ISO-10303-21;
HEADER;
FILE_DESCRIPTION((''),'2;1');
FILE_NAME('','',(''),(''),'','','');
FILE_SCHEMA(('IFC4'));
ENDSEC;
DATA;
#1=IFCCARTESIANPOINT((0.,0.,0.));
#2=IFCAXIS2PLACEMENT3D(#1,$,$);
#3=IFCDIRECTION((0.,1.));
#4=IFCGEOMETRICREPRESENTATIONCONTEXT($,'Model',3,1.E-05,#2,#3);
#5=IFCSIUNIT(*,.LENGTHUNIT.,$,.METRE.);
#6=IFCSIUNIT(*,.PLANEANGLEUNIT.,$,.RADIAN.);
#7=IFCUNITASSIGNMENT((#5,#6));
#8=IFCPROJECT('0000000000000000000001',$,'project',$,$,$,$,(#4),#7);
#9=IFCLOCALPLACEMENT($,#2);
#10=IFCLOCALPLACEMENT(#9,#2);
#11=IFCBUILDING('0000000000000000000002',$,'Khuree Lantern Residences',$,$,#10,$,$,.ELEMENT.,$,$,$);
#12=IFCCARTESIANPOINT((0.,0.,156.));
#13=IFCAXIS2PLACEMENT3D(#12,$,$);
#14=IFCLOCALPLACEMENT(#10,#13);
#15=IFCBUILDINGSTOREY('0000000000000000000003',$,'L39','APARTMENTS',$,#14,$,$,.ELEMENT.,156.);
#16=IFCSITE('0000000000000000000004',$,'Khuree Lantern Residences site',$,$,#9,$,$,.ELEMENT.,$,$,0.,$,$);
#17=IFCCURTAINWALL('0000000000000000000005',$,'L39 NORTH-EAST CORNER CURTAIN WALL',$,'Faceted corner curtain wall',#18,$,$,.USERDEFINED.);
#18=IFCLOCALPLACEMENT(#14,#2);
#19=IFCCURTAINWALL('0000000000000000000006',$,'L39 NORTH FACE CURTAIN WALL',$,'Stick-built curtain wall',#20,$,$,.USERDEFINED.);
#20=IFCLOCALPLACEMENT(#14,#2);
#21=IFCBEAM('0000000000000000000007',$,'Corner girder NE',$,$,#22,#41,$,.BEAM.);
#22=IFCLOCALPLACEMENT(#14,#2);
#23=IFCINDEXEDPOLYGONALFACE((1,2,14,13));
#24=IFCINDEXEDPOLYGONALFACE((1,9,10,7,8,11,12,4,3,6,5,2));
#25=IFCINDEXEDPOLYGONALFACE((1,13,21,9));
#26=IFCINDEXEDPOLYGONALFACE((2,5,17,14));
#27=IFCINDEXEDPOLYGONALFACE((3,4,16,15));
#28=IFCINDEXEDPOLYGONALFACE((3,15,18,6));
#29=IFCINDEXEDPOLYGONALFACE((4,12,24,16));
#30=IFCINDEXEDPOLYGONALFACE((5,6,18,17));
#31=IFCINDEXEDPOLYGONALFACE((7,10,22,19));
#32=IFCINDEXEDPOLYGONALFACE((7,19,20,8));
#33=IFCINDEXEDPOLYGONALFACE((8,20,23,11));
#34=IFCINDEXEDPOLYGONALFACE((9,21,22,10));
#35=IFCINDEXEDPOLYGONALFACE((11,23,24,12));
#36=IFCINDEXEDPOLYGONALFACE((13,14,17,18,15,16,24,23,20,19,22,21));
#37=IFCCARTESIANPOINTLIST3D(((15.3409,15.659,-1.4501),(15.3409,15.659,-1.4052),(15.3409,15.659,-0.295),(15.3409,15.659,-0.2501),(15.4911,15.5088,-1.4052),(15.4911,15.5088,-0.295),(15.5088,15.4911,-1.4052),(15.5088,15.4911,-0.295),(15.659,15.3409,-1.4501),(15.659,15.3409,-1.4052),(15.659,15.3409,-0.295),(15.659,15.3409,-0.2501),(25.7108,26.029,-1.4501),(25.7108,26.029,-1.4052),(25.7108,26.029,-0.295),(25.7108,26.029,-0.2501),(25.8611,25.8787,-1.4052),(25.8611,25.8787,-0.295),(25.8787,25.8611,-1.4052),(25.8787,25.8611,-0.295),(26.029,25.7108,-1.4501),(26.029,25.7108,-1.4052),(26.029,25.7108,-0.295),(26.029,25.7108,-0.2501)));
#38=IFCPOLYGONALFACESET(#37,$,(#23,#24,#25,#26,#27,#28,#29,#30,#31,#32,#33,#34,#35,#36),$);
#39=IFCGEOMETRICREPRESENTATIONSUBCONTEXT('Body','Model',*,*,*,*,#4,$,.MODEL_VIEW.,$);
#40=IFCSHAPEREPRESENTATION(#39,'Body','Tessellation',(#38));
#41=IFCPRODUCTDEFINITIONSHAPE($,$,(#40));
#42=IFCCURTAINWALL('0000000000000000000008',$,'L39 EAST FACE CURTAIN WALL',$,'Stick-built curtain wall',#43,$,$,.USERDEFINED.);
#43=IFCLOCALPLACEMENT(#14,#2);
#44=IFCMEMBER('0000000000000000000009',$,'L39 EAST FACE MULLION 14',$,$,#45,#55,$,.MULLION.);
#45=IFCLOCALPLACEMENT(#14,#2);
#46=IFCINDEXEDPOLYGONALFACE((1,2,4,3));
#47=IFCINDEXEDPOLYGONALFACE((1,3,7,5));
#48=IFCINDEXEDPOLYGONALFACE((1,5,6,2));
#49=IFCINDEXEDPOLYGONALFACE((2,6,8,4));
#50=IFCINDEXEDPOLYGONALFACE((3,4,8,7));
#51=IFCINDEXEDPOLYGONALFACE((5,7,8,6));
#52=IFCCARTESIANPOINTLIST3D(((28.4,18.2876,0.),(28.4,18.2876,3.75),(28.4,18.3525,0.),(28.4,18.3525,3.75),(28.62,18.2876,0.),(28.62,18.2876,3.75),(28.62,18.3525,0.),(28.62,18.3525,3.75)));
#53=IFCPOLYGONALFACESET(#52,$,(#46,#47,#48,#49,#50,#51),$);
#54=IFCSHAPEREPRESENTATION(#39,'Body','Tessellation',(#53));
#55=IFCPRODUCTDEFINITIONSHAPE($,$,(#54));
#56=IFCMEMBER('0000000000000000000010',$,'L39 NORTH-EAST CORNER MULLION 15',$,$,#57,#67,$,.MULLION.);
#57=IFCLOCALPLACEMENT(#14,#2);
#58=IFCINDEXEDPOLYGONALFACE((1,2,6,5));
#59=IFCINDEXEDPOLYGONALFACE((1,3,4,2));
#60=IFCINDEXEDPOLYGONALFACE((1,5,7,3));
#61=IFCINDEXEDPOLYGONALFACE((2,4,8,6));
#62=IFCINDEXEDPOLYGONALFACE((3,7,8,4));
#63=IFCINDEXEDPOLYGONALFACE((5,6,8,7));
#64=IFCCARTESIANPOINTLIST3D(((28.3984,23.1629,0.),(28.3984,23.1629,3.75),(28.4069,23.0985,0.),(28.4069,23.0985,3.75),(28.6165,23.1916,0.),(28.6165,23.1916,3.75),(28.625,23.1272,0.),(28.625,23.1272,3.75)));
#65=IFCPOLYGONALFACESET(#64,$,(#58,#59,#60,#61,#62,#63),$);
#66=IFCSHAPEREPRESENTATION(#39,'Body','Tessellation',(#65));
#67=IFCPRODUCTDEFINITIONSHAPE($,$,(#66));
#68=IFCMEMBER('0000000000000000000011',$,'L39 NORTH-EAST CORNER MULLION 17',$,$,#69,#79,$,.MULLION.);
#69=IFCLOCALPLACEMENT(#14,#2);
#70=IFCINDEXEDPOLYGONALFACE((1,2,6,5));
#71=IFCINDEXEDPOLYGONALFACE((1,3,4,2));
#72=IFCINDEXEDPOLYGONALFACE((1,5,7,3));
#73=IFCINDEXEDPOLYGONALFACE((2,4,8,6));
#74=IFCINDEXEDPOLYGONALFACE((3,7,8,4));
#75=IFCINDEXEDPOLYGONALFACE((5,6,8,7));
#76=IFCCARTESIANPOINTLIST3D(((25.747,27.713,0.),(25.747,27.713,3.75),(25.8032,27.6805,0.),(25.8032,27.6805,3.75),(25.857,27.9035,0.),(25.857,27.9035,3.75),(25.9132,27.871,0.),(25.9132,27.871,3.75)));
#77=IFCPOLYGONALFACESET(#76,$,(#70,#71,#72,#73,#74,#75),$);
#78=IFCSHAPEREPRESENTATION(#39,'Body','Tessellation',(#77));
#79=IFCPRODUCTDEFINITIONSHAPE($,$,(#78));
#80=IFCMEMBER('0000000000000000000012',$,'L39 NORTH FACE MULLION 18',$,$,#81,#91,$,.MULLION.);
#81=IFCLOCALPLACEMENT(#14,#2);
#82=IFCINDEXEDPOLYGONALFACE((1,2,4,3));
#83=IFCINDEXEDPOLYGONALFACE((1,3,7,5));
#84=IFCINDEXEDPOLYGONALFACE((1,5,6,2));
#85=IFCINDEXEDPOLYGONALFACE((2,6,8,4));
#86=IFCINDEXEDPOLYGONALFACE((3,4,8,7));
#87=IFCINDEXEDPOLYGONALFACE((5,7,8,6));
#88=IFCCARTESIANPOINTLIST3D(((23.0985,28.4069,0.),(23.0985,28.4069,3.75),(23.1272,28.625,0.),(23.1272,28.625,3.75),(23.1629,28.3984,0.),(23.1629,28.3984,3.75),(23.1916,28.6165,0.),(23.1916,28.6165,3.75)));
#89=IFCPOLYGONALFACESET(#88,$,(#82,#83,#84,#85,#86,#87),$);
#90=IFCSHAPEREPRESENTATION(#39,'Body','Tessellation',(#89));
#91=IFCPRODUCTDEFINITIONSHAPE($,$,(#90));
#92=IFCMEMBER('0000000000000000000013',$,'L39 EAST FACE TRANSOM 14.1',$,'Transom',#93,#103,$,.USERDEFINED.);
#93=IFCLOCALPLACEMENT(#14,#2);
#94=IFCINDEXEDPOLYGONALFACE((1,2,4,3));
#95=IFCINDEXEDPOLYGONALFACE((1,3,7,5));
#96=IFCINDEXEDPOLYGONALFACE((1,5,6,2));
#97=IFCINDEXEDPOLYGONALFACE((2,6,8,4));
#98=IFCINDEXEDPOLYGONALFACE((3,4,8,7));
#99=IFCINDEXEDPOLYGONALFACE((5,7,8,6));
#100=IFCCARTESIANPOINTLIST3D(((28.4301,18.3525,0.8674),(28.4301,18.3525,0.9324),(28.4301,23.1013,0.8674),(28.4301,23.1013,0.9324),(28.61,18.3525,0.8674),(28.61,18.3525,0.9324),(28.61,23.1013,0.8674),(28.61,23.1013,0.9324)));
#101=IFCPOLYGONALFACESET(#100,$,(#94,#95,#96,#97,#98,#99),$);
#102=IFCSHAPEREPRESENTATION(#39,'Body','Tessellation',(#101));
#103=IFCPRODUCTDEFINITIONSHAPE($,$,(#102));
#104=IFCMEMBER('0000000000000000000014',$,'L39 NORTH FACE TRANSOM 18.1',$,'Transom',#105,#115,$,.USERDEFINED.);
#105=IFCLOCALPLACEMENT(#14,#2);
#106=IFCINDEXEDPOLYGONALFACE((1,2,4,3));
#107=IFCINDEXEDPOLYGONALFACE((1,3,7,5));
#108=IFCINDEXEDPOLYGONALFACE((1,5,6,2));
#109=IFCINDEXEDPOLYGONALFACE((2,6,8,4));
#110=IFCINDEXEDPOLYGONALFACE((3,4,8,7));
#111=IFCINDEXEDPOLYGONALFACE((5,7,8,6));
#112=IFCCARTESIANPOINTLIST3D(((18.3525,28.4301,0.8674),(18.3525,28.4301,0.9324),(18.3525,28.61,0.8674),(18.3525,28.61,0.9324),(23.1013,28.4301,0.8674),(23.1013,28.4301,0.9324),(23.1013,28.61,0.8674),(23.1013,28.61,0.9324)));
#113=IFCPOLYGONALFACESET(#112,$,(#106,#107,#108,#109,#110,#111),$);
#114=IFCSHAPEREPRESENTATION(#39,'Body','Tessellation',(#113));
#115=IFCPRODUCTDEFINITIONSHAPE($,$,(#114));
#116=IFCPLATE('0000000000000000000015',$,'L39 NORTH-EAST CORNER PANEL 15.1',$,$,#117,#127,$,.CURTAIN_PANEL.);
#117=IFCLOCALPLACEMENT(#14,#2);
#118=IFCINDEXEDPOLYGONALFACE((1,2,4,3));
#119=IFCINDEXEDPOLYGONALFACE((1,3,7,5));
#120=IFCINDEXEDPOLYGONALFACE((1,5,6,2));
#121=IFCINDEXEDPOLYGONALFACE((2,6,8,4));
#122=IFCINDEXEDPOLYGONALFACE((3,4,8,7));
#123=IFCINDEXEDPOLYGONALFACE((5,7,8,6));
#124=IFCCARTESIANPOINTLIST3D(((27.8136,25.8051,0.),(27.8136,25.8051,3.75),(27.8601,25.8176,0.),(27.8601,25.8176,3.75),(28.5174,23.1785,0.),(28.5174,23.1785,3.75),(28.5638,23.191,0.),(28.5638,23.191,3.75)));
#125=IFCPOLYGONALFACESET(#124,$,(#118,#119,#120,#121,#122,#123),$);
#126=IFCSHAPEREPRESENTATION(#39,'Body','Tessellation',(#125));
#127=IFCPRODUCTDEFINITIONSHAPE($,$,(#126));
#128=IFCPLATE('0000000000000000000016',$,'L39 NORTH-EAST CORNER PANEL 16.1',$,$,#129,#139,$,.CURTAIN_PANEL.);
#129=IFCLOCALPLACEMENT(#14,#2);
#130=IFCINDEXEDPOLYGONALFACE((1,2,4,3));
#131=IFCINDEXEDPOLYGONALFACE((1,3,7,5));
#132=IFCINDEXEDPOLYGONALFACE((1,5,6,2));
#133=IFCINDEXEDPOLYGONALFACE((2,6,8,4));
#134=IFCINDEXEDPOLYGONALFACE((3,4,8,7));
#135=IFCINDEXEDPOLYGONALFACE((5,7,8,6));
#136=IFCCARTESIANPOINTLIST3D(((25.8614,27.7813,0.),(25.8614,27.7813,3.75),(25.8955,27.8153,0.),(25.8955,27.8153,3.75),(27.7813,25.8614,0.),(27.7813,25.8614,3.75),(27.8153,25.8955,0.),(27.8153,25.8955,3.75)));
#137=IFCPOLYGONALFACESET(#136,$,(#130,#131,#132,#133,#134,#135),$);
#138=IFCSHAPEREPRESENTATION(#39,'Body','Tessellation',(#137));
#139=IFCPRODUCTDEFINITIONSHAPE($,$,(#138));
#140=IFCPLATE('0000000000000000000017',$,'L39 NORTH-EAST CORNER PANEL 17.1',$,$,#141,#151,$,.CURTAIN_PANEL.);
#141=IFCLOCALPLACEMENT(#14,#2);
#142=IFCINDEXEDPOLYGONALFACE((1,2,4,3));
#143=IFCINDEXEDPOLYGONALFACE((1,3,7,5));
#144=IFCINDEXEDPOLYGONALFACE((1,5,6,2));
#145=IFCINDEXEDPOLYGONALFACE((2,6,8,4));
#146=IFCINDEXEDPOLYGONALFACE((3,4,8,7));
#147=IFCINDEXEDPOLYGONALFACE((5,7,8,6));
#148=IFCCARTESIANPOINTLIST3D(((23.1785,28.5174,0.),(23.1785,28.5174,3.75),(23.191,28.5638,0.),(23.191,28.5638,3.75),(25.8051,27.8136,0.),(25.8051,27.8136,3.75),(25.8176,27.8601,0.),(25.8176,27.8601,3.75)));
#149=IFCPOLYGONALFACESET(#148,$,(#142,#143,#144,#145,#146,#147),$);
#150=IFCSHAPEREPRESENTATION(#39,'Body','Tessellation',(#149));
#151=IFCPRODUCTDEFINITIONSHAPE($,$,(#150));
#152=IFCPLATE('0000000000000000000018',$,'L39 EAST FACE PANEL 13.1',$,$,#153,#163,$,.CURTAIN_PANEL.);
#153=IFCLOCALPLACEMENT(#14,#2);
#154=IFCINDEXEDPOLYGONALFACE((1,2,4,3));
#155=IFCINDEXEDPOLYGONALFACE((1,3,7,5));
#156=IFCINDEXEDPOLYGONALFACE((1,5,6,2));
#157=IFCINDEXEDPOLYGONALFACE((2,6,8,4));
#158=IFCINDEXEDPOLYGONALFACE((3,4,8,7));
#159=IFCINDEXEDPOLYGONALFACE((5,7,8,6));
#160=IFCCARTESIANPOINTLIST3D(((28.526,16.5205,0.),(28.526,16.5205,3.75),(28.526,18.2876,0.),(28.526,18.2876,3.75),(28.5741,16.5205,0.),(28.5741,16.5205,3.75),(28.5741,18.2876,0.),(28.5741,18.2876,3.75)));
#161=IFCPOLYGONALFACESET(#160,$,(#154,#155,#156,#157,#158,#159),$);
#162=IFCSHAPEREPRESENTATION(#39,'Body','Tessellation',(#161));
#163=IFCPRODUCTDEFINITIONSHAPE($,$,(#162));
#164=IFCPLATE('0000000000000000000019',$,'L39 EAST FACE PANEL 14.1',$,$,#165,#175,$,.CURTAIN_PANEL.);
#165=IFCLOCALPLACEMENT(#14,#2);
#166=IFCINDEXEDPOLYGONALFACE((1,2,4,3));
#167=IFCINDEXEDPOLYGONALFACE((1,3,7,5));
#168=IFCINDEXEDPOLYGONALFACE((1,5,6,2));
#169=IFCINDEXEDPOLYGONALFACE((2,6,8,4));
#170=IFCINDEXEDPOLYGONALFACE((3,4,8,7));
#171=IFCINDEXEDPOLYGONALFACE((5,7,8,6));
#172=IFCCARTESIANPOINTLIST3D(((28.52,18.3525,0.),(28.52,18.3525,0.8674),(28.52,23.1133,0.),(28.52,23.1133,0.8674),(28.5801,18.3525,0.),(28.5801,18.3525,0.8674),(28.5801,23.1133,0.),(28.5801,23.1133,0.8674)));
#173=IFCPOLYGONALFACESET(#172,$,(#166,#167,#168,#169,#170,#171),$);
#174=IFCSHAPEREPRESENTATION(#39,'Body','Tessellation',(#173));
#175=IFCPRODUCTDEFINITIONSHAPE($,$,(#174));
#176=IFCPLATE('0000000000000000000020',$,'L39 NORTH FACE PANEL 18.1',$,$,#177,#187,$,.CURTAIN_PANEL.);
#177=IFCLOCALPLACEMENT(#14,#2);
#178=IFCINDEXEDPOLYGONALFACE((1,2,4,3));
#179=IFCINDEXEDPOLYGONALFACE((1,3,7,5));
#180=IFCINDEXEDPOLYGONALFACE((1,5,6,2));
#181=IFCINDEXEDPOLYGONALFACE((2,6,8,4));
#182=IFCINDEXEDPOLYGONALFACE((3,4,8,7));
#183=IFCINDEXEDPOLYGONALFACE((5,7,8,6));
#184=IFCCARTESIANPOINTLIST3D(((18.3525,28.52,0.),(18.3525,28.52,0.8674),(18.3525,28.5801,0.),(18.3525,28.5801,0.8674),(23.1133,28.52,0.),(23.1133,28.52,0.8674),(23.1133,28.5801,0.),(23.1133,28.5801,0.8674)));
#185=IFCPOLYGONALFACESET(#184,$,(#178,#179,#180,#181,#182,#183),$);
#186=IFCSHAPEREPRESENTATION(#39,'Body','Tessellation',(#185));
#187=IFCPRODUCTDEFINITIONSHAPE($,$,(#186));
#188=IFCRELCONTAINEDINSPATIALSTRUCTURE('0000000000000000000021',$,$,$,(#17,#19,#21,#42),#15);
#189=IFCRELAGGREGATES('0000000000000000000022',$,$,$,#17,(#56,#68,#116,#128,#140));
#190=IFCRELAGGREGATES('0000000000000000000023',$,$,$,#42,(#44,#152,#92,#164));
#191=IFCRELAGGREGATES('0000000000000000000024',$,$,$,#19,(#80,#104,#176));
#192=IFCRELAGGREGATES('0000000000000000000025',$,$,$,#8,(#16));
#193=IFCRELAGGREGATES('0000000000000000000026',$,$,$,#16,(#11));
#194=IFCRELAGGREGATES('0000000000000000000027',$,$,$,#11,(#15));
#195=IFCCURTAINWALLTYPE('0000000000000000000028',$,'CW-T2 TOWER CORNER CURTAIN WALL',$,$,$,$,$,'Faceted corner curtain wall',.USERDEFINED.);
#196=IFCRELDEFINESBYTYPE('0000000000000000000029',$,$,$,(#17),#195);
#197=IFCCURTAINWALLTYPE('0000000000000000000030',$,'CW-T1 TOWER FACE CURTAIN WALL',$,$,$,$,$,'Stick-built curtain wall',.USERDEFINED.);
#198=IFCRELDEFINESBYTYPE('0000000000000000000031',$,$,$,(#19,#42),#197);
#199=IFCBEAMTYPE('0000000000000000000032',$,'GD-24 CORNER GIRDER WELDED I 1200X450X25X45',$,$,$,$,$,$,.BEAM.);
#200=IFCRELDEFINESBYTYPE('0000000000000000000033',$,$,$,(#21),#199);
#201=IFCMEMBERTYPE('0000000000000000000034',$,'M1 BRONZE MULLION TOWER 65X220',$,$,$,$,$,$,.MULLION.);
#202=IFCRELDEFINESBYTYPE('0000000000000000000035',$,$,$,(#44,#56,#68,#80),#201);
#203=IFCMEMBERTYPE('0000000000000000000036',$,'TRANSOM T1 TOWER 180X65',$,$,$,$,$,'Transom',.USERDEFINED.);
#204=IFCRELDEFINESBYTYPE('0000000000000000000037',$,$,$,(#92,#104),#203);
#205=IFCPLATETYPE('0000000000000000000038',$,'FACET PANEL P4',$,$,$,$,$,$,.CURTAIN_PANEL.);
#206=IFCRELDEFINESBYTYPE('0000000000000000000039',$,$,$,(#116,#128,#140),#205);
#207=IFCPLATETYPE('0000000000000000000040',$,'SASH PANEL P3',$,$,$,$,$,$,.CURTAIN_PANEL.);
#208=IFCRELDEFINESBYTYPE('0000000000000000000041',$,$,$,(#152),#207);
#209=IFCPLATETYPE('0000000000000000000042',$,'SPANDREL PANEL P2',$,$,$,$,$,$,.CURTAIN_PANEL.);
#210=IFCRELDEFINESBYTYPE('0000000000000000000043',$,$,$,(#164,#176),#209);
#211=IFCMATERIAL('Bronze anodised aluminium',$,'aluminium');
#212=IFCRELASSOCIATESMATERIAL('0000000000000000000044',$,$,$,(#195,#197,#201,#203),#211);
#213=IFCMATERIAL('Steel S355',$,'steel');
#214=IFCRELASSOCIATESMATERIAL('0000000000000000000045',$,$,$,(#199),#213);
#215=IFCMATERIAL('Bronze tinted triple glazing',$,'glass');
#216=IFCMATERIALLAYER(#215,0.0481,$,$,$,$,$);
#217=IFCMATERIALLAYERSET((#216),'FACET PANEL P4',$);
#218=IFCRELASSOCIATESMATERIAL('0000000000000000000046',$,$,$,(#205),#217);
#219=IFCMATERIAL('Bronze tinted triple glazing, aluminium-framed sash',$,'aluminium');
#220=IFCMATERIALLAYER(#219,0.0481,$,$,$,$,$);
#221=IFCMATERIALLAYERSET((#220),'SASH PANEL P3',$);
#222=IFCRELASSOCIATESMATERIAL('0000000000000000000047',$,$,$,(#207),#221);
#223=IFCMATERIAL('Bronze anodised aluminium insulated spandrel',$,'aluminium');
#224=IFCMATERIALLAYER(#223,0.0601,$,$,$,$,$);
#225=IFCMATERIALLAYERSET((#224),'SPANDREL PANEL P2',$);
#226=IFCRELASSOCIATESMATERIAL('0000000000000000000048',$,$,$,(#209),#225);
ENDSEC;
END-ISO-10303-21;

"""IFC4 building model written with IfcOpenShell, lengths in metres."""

from ifc_helpers import new_model, si_unit, direction, frame, origin, origin_2d, place, context, subcontext, project, spatial, rectangle, i_section, extrude, material, layer, layer_set, material_profile, profile_set, type_object, element, aggregate, save


model = new_model("IFC4")

# Units and contexts
model_context = context("Model", 3, precision=1e-05, world=origin(), true_north=direction((0.0, 1.0)))
body_context = subcontext(model_context, "Body", "Model", "MODEL_VIEW")
ifc_project = project(units=[si_unit("LENGTHUNIT", "METRE"), si_unit("PLANEANGLEUNIT", "RADIAN")], contexts=[model_context])

# Site, building, storey
site_placement = place(None, origin())
site = spatial("IfcSite", under=ifc_project, at=site_placement, Name="Khuree Lantern Residences site", CompositionType="ELEMENT", RefElevation=0.0)
building_placement = place(site_placement, origin())
building = spatial("IfcBuilding", under=site, at=building_placement, Name="Khuree Lantern Residences", CompositionType="ELEMENT")
storey_placement = place(building_placement, frame((0.0, 0.0, 156.0)))
storey = spatial("IfcBuildingStorey", under=building, at=storey_placement, Name="L39", Description="APARTMENTS", CompositionType="ELEMENT", Elevation=156.0)

# Shared definitions
ifc_material_1 = material(Name="Steel S355", Category="steel")

# Curtain walls
ifc_material_2 = material(Name="Bronze anodised aluminium", Category="aluminium")
curtain_wall_type_1 = type_object("IfcCurtainWallType", Name="CW-T2 TOWER CORNER CURTAIN WALL", ElementType="Faceted corner curtain wall", PredefinedType="USERDEFINED", material=ifc_material_2)
curtain_wall_1_placement = place(storey_placement, origin())
curtain_wall_1 = element("IfcCurtainWall", 1, at=curtain_wall_1_placement, inside=storey, type_object=curtain_wall_type_1, Name="L39 NORTH-EAST CORNER CURTAIN WALL", ObjectType="Faceted corner curtain wall", PredefinedType="USERDEFINED")
curtain_wall_type_2 = type_object("IfcCurtainWallType", Name="CW-T1 TOWER FACE CURTAIN WALL", ElementType="Stick-built curtain wall", PredefinedType="USERDEFINED", material=ifc_material_2)
curtain_wall_2_placement = place(storey_placement, origin())
curtain_wall_2 = element("IfcCurtainWall", 2, at=curtain_wall_2_placement, inside=storey, type_object=curtain_wall_type_2, Name="L39 NORTH FACE CURTAIN WALL", ObjectType="Stick-built curtain wall", PredefinedType="USERDEFINED")

# Beam
ifc_material_profile_1 = material_profile(ifc_material_1, i_section(OverallWidth=0.45, OverallDepth=1.2, WebThickness=0.0249, FlangeThickness=0.0449, at=origin_2d()), Name="WELDED I 1200X450X25X45")
ifc_profile_set_1 = profile_set([ifc_material_profile_1], Name="Steel S355")
beam_type_1 = type_object("IfcBeamType", Name="GD-24 CORNER GIRDER WELDED I 1200X450X25X45", PredefinedType="BEAM", material=ifc_profile_set_1)
beam_1_placement = place(storey_placement, frame((25.8699, 25.8699, -0.8501), z_axis=(-0.707107, -0.707107, 0.0), x_axis=(0.707107, -0.707107, 0.0)))
element("IfcBeam", 3, at=beam_1_placement, inside=storey, type_object=beam_type_1, Name="Corner girder NE", PredefinedType="BEAM", context=body_context, shape_type="SweptSolid", body=[
    extrude(i_section(OverallWidth=0.45, OverallDepth=1.2, WebThickness=0.0249, FlangeThickness=0.0449, at=origin_2d()), origin(), (0.0, 0.0, 1.0), 14.6653),
])

# Curtain wall, member
curtain_wall_3_placement = place(storey_placement, origin())
curtain_wall_3 = element("IfcCurtainWall", 4, at=curtain_wall_3_placement, inside=storey, type_object=curtain_wall_type_2, Name="L39 EAST FACE CURTAIN WALL", ObjectType="Stick-built curtain wall", PredefinedType="USERDEFINED")
ifc_material_profile_2 = material_profile(ifc_material_2, rectangle(XDim=0.0649, YDim=0.22, at=origin_2d()), Name="M1 65X220")
ifc_profile_set_2 = profile_set([ifc_material_profile_2], Name="Bronze anodised aluminium")
member_type_1 = type_object("IfcMemberType", Name="M1 BRONZE MULLION TOWER 65X220", PredefinedType="MULLION", material=ifc_profile_set_2)
member_1_placement = place(storey_placement, frame((28.51, 18.3201, 0.0), z_axis=(0.0, 0.0, 1.0), x_axis=(0.0, 1.0, 0.0)))
member_1 = element("IfcMember", 5, at=member_1_placement, type_object=member_type_1, Name="L39 EAST FACE MULLION 14", PredefinedType="MULLION", context=body_context, shape_type="SweptSolid", body=[
    extrude(rectangle(XDim=0.0649, YDim=0.22, at=origin_2d()), origin(), (0.0, 0.0, 1.0), 3.75),
])

# Members
member_2_placement = place(storey_placement, frame((28.5117, 23.145, 0.0), z_axis=(0.0, 0.0, 1.0), x_axis=(-0.130526, 0.991445, 0.0)))
member_2 = element("IfcMember", 6, at=member_2_placement, type_object=member_type_1, Name="L39 NORTH-EAST CORNER MULLION 15", PredefinedType="MULLION", context=body_context, shape_type="SweptSolid", body=[
    extrude(rectangle(XDim=0.0649, YDim=0.22, at=origin_2d()), origin(), (0.0, 0.0, 1.0), 3.75),
])
member_3_placement = place(storey_placement, frame((25.8301, 27.792, 0.0), z_axis=(0.0, 0.0, 1.0), x_axis=(-0.866025, 0.5, 0.0)))
member_3 = element("IfcMember", 7, at=member_3_placement, type_object=member_type_1, Name="L39 NORTH-EAST CORNER MULLION 17", PredefinedType="MULLION", context=body_context, shape_type="SweptSolid", body=[
    extrude(rectangle(XDim=0.0649, YDim=0.22, at=origin_2d()), origin(), (0.0, 0.0, 1.0), 3.75),
])
member_4_placement = place(storey_placement, frame((23.145, 28.5117, 0.0), z_axis=(0.0, 0.0, 1.0), x_axis=(-0.991445, 0.130526, 0.0)))
member_4 = element("IfcMember", 8, at=member_4_placement, type_object=member_type_1, Name="L39 NORTH FACE MULLION 18", PredefinedType="MULLION", context=body_context, shape_type="SweptSolid", body=[
    extrude(rectangle(XDim=0.0649, YDim=0.22, at=origin_2d()), origin(), (0.0, 0.0, 1.0), 3.75),
])
ifc_material_profile_3 = material_profile(ifc_material_2, rectangle(XDim=0.1799, YDim=0.0649, at=origin_2d()), Name="T1 180X65")
ifc_profile_set_3 = profile_set([ifc_material_profile_3], Name="Bronze anodised aluminium")
member_type_2 = type_object("IfcMemberType", Name="TRANSOM T1 TOWER 180X65", ElementType="Transom", PredefinedType="USERDEFINED", material=ifc_profile_set_3)
member_5_placement = place(storey_placement, frame((28.52, 18.3525, 0.8999), z_axis=(0.0, 1.0, 0.0), x_axis=(-1.0, 0.0, 0.0)))
member_5 = element("IfcMember", 9, at=member_5_placement, type_object=member_type_2, Name="L39 EAST FACE TRANSOM 14.1", ObjectType="Transom", PredefinedType="USERDEFINED", context=body_context, shape_type="SweptSolid", body=[
    extrude(rectangle(XDim=0.1799, YDim=0.0649, at=origin_2d()), origin(), (0.0, 0.0, 1.0), 4.7488),
])
member_6_placement = place(storey_placement, frame((23.1013, 28.52, 0.8999), z_axis=(-1.0, 0.0, 0.0), x_axis=(0.0, -1.0, 0.0)))
member_6 = element("IfcMember", 10, at=member_6_placement, type_object=member_type_2, Name="L39 NORTH FACE TRANSOM 18.1", ObjectType="Transom", PredefinedType="USERDEFINED", context=body_context, shape_type="SweptSolid", body=[
    extrude(rectangle(XDim=0.1799, YDim=0.0649, at=origin_2d()), origin(), (0.0, 0.0, 1.0), 4.7488),
])

# Plates
ifc_material_3 = material(Name="Bronze tinted triple glazing", Category="glass")
ifc_layer_1 = layer(ifc_material_3, 0.0481)
ifc_layer_set_1 = layer_set([ifc_layer_1], Name="FACET PANEL P4")
plate_type_1 = type_object("IfcPlateType", Name="FACET PANEL P4", PredefinedType="CURTAIN_PANEL", material=ifc_layer_set_1)
plate_1_placement = place(storey_placement, frame((28.1887, 24.498, 0.0), z_axis=(0.0, 0.0, 1.0), x_axis=(-0.258819, 0.965926, 0.0)))
plate_1 = element("IfcPlate", 11, at=plate_1_placement, type_object=plate_type_1, Name="L39 NORTH-EAST CORNER PANEL 15.1", PredefinedType="CURTAIN_PANEL", context=body_context, shape_type="SweptSolid", body=[
    extrude(rectangle(XDim=2.7192, YDim=0.0481, at=origin_2d()), origin(), (0.0, 0.0, 1.0), 3.75),
])
plate_2_placement = place(storey_placement, frame((26.8384, 26.8384, 0.0), z_axis=(0.0, 0.0, 1.0), x_axis=(-0.707107, 0.707107, 0.0)))
plate_2 = element("IfcPlate", 12, at=plate_2_placement, type_object=plate_type_1, Name="L39 NORTH-EAST CORNER PANEL 16.1", PredefinedType="CURTAIN_PANEL", context=body_context, shape_type="SweptSolid", body=[
    extrude(rectangle(XDim=2.7151, YDim=0.0481, at=origin_2d()), origin(), (0.0, 0.0, 1.0), 3.75),
])
plate_3_placement = place(storey_placement, frame((24.498, 28.1887, 0.0), z_axis=(0.0, 0.0, 1.0), x_axis=(-0.965926, 0.258819, 0.0)))
plate_3 = element("IfcPlate", 13, at=plate_3_placement, type_object=plate_type_1, Name="L39 NORTH-EAST CORNER PANEL 17.1", PredefinedType="CURTAIN_PANEL", context=body_context, shape_type="SweptSolid", body=[
    extrude(rectangle(XDim=2.7192, YDim=0.0481, at=origin_2d()), origin(), (0.0, 0.0, 1.0), 3.75),
])
aggregate(curtain_wall_1, [member_2, member_3, plate_1, plate_2, plate_3])
ifc_material_4 = material(Name="Bronze tinted triple glazing, aluminium-framed sash", Category="aluminium")
ifc_layer_2 = layer(ifc_material_4, 0.0481)
ifc_layer_set_2 = layer_set([ifc_layer_2], Name="SASH PANEL P3")
plate_type_2 = type_object("IfcPlateType", Name="SASH PANEL P3", PredefinedType="CURTAIN_PANEL", material=ifc_layer_set_2)
plate_4_placement = place(storey_placement, frame((28.55, 17.4041, 0.0), z_axis=(0.0, 0.0, 1.0), x_axis=(0.0, 1.0, 0.0)))
plate_4 = element("IfcPlate", 14, at=plate_4_placement, type_object=plate_type_2, Name="L39 EAST FACE PANEL 13.1", PredefinedType="CURTAIN_PANEL", context=body_context, shape_type="SweptSolid", body=[
    extrude(rectangle(XDim=1.7671, YDim=0.0481, at=origin_2d()), origin(), (0.0, 0.0, 1.0), 3.75),
])
ifc_material_5 = material(Name="Bronze anodised aluminium insulated spandrel", Category="aluminium")
ifc_layer_3 = layer(ifc_material_5, 0.0601)
ifc_layer_set_3 = layer_set([ifc_layer_3], Name="SPANDREL PANEL P2")
plate_type_3 = type_object("IfcPlateType", Name="SPANDREL PANEL P2", PredefinedType="CURTAIN_PANEL", material=ifc_layer_set_3)
plate_5_placement = place(storey_placement, frame((28.55, 20.7329, 0.0), z_axis=(0.0, 0.0, 1.0), x_axis=(0.0, 1.0, 0.0)))
plate_5 = element("IfcPlate", 15, at=plate_5_placement, type_object=plate_type_3, Name="L39 EAST FACE PANEL 14.1", PredefinedType="CURTAIN_PANEL", context=body_context, shape_type="SweptSolid", body=[
    extrude(rectangle(XDim=4.7607, YDim=0.0601, at=origin_2d()), origin(), (0.0, 0.0, 1.0), 0.8674),
])
plate_6_placement = place(storey_placement, frame((20.7329, 28.55, 0.0), z_axis=(0.0, 0.0, 1.0), x_axis=(-1.0, 0.0, 0.0)))
plate_6 = element("IfcPlate", 16, at=plate_6_placement, type_object=plate_type_3, Name="L39 NORTH FACE PANEL 18.1", PredefinedType="CURTAIN_PANEL", context=body_context, shape_type="SweptSolid", body=[
    extrude(rectangle(XDim=4.7607, YDim=0.0601, at=origin_2d()), origin(), (0.0, 0.0, 1.0), 0.8674),
])
aggregate(curtain_wall_3, [member_1, plate_4, member_5, plate_5])
aggregate(curtain_wall_2, [member_4, member_6, plate_6])

save(model, "model.ifc")
